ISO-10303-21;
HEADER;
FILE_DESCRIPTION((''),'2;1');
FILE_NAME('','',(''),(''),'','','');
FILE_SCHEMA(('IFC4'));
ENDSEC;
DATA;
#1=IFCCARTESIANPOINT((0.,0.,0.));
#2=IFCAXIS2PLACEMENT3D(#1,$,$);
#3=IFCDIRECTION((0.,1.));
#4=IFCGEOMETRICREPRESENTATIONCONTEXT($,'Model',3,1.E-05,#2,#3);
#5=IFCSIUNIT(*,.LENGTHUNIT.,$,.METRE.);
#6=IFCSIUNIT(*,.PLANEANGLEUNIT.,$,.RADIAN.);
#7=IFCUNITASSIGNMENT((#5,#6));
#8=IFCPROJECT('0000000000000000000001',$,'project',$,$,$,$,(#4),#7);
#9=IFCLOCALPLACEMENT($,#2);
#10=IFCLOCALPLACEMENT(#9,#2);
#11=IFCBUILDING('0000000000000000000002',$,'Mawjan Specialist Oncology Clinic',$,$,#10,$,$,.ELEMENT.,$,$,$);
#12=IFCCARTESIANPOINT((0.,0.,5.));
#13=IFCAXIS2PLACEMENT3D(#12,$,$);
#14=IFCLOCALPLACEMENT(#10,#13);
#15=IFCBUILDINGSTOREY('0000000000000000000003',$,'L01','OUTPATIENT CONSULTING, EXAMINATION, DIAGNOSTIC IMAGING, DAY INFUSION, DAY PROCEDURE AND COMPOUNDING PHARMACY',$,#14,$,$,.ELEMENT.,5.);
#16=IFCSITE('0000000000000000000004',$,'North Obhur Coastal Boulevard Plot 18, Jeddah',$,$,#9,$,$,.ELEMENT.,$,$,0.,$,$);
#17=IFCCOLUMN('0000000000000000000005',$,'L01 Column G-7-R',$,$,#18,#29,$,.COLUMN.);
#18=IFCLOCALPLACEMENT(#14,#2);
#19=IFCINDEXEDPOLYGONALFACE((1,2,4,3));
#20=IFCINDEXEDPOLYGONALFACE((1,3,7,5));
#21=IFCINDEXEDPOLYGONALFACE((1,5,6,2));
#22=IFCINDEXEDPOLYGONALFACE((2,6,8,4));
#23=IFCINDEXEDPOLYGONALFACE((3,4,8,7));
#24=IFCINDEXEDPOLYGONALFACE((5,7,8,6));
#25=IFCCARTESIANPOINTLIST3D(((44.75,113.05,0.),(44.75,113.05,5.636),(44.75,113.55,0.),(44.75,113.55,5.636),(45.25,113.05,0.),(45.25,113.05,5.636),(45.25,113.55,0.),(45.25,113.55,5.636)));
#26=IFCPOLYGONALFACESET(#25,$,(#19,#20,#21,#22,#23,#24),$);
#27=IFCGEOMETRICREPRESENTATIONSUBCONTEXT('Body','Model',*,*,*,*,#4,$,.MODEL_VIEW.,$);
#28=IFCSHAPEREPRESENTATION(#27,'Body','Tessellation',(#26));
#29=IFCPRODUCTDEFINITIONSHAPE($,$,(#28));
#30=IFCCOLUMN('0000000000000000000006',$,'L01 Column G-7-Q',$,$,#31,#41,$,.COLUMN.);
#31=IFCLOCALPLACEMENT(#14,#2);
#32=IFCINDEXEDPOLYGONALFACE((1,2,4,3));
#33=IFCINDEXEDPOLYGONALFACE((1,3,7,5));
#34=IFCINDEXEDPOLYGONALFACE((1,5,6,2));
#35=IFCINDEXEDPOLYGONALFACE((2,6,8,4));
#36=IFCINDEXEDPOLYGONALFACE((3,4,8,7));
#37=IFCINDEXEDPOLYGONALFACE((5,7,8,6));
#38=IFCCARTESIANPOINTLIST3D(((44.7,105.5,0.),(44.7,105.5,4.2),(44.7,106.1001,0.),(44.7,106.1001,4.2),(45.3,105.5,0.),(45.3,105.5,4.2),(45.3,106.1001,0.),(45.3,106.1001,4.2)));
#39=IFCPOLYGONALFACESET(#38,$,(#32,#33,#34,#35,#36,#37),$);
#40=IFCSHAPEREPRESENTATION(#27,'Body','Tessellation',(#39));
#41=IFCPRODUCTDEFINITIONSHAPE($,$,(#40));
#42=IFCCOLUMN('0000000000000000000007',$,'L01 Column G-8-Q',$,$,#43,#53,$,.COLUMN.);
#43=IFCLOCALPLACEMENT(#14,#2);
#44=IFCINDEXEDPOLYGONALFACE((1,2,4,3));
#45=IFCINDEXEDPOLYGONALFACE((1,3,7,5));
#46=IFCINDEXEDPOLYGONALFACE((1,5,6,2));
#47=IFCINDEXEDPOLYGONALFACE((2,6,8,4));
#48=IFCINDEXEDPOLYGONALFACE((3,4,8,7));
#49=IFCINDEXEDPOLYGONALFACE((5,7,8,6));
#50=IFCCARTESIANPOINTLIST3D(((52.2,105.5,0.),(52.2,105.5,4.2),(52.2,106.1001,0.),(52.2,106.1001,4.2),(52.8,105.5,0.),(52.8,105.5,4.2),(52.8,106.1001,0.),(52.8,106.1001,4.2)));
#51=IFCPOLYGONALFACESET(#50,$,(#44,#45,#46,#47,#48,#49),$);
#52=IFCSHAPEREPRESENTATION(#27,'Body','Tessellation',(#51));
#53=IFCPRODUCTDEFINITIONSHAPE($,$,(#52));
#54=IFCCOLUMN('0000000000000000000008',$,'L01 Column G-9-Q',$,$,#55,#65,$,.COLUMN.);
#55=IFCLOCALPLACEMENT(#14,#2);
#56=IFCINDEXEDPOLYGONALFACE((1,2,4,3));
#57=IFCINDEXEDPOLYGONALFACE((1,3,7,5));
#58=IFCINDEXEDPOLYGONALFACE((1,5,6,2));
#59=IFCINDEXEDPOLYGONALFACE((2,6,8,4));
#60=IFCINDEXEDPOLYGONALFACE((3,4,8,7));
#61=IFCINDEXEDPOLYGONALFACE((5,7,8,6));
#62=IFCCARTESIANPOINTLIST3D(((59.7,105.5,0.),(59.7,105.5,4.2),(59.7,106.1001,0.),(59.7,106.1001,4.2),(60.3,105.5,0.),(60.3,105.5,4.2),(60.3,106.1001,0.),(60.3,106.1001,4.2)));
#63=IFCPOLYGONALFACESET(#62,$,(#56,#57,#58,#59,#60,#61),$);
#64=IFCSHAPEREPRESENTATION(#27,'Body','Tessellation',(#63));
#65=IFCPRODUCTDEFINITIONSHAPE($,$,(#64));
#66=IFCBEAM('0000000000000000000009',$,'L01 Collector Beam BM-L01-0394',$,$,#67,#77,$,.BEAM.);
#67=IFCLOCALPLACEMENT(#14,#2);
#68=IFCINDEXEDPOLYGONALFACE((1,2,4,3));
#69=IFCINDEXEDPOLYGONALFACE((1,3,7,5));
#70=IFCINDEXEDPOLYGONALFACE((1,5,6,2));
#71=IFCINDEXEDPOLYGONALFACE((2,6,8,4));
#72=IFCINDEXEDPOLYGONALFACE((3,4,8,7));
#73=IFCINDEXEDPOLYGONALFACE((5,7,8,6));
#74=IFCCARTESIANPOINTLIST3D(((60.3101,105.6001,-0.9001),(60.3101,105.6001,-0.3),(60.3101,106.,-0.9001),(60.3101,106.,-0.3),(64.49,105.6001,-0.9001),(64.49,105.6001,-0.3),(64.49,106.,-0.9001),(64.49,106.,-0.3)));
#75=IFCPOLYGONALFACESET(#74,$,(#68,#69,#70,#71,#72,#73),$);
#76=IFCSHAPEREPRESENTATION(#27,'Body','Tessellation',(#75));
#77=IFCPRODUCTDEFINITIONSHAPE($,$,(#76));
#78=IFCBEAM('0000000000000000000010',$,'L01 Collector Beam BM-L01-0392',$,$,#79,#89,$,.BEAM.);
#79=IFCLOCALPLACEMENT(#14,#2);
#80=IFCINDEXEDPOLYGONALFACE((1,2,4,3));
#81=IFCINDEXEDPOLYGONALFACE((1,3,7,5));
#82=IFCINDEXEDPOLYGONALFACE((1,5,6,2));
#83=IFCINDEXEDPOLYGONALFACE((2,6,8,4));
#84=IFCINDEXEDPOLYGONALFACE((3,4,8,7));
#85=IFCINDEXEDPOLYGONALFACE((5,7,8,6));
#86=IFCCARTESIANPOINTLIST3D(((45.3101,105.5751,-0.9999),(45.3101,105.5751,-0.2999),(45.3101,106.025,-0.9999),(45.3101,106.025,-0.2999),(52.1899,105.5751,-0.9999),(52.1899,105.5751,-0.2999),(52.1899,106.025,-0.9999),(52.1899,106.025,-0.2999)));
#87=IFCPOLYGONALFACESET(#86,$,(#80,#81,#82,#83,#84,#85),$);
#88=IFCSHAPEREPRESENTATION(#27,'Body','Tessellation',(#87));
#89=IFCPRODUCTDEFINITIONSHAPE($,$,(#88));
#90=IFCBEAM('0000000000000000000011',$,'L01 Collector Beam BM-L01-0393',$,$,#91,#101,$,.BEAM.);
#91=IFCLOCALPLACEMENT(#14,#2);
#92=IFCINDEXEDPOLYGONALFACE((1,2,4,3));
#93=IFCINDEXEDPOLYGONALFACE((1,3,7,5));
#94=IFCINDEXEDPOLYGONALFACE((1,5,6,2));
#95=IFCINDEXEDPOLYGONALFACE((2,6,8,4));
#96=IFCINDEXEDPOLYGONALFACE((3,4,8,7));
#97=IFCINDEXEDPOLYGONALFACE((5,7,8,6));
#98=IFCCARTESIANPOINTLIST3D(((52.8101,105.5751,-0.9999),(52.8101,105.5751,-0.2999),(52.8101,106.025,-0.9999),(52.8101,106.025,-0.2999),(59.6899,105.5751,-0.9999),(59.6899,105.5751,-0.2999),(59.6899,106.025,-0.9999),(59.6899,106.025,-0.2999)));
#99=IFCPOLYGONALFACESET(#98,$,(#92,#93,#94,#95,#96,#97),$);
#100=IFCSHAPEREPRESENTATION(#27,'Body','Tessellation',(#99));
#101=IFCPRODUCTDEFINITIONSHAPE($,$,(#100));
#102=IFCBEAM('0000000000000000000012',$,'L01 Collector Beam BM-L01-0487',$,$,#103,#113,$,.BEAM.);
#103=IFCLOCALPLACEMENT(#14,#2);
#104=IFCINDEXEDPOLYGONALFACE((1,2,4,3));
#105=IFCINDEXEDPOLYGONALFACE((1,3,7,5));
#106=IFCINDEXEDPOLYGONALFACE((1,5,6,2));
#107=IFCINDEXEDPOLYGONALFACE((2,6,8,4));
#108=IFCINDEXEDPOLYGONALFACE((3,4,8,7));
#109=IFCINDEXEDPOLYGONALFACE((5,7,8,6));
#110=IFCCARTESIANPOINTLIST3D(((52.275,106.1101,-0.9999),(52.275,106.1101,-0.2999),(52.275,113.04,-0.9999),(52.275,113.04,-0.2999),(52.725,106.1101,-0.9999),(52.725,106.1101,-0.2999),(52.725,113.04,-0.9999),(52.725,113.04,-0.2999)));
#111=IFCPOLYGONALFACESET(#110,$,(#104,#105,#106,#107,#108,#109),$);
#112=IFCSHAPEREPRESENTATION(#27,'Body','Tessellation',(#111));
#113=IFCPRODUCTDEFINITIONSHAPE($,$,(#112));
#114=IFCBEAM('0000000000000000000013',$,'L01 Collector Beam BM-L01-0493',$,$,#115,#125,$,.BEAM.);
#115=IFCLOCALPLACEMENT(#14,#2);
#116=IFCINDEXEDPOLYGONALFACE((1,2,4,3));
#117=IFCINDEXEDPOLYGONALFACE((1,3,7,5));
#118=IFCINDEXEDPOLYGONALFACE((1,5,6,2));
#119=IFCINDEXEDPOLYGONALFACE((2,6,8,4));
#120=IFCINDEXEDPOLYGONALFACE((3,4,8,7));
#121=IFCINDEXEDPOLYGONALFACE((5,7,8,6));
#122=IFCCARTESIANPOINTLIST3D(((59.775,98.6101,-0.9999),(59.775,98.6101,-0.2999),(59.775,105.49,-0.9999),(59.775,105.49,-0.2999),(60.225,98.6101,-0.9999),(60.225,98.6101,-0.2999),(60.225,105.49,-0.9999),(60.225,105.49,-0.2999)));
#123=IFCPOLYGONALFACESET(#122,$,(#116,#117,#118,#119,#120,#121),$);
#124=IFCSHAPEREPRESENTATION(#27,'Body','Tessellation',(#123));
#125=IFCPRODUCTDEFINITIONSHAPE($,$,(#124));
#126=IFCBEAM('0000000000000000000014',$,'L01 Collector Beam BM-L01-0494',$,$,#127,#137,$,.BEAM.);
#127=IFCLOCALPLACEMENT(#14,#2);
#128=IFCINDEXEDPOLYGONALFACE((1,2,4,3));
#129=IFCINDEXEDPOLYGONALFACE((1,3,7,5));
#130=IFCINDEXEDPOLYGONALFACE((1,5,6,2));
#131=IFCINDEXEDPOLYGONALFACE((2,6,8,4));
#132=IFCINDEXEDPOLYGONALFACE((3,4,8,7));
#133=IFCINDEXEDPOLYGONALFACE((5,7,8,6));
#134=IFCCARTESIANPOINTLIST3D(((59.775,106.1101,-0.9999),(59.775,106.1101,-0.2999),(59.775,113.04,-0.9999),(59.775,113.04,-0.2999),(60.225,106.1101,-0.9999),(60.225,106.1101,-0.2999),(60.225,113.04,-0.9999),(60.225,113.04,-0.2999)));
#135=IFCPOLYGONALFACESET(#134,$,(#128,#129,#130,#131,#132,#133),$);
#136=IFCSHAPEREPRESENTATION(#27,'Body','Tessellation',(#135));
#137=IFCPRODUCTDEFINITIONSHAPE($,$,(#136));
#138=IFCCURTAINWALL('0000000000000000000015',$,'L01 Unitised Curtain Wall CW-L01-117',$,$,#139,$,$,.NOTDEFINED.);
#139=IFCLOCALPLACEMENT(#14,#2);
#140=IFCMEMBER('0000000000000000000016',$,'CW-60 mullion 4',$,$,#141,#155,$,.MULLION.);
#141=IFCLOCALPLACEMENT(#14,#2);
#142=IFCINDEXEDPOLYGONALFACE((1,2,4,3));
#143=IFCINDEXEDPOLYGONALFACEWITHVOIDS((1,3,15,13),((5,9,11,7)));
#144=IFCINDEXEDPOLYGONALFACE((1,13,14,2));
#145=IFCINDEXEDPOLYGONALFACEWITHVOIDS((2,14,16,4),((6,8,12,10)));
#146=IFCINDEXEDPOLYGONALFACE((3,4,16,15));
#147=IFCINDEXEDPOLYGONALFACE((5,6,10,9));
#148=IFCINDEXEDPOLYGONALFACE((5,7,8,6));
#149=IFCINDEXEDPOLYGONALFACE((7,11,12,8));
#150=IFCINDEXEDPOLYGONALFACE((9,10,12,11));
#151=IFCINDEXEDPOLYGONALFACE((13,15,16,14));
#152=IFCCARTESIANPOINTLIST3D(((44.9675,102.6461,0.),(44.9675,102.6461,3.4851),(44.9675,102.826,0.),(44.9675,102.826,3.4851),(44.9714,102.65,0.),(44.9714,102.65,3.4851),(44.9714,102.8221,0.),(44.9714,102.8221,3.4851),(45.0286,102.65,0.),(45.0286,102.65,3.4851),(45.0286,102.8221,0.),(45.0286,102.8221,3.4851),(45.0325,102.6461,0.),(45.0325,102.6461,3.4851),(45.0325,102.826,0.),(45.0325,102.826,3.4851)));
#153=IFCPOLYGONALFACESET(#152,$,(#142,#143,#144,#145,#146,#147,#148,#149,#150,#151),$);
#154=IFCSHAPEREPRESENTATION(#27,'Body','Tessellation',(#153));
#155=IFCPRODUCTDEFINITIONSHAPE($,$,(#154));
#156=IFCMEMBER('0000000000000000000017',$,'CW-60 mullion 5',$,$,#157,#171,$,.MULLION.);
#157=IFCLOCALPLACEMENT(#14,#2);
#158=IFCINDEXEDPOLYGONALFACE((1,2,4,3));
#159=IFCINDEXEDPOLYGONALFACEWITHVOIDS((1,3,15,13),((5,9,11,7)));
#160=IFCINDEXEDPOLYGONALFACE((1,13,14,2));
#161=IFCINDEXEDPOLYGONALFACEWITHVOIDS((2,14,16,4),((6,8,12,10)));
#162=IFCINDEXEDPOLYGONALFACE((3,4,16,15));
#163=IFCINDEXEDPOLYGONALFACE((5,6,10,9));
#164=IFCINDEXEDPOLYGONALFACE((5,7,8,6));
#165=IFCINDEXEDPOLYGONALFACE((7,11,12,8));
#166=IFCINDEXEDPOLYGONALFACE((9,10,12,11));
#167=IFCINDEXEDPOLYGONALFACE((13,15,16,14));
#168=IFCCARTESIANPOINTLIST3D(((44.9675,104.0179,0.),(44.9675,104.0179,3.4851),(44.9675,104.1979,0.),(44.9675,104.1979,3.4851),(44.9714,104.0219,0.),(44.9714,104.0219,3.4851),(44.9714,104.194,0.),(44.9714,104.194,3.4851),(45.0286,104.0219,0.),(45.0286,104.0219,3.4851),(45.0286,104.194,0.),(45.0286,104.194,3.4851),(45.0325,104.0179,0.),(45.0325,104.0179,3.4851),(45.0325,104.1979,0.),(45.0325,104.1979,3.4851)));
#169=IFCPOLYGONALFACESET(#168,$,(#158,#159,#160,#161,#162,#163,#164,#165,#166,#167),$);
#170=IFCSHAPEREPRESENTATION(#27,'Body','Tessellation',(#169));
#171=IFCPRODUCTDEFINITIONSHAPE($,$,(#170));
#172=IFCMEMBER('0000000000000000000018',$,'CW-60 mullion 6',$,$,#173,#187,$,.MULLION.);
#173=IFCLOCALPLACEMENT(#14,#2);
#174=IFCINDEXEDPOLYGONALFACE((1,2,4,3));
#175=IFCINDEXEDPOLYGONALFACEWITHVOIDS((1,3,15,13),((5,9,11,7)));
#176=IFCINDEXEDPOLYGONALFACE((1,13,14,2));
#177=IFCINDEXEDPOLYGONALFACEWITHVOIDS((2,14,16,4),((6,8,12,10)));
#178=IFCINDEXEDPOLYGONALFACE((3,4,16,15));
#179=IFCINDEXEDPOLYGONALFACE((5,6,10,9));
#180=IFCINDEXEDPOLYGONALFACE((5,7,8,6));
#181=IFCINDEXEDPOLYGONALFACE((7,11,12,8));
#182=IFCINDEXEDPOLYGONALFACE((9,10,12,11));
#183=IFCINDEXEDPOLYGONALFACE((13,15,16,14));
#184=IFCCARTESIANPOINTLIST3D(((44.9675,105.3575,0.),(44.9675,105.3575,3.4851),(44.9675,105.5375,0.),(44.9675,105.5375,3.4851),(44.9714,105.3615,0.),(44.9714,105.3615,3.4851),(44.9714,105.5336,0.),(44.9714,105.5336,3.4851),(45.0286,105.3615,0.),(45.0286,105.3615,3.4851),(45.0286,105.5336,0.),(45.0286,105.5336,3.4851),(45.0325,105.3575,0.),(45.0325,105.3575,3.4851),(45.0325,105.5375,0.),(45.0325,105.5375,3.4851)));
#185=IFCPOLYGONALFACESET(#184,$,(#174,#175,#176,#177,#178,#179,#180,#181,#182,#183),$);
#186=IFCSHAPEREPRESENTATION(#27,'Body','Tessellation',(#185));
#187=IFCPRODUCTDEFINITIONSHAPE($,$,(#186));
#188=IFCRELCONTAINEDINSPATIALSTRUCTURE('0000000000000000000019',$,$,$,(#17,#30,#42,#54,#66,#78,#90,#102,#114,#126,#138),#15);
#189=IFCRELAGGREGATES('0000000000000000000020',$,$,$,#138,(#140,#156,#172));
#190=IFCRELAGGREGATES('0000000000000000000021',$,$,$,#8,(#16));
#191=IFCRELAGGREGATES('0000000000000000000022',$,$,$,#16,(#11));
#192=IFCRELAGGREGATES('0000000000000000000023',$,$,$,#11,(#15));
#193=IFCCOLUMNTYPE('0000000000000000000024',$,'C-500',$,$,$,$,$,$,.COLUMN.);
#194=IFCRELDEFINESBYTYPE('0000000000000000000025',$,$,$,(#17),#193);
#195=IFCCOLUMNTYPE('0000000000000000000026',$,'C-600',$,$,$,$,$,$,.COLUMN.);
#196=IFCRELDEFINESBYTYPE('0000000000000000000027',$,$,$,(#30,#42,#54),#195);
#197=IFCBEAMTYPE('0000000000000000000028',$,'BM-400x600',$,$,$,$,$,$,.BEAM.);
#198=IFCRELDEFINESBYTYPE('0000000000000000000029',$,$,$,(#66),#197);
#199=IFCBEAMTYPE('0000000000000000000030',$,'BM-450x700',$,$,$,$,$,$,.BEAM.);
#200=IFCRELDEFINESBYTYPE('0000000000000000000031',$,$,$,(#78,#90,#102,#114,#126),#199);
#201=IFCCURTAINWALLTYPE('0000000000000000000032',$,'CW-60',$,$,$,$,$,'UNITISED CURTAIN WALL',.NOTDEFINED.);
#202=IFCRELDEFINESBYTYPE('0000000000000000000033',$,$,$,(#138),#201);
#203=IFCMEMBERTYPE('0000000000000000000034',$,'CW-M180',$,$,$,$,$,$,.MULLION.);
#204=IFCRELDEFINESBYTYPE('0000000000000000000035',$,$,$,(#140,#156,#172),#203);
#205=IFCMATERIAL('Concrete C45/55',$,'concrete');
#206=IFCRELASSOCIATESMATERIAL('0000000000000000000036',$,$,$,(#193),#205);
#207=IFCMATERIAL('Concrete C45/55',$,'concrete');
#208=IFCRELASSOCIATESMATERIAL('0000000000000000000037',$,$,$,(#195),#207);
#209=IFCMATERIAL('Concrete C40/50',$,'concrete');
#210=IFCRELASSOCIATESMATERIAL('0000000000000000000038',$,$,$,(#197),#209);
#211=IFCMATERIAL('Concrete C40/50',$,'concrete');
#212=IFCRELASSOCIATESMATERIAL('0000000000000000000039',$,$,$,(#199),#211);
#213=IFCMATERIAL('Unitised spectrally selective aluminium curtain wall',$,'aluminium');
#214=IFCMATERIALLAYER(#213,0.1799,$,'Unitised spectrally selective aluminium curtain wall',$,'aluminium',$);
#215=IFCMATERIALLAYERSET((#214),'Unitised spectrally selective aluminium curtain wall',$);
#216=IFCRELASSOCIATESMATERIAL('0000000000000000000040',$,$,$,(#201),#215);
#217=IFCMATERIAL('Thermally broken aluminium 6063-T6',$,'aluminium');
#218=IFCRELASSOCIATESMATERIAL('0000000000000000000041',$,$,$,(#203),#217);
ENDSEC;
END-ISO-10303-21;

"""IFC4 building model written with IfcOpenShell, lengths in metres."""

from ifc_helpers import new_model, si_unit, direction, frame, origin, origin_2d, place, context, subcontext, project, spatial, rectangle, hollow_rectangle, extrude, material, layer, layer_set, material_profile, profile_set, type_object, element, aggregate, save


model = new_model("IFC4")

# Units and contexts
model_context = context("Model", 3, precision=1e-05, world=origin(), true_north=direction((0.0, 1.0)))
body_context = subcontext(model_context, "Body", "Model", "MODEL_VIEW")
ifc_project = project(units=[si_unit("LENGTHUNIT", "METRE"), si_unit("PLANEANGLEUNIT", "RADIAN")], contexts=[model_context])

# Site, building, storey
site_placement = place(None, origin())
site = spatial("IfcSite", under=ifc_project, at=site_placement, Name="North Obhur Coastal Boulevard Plot 18, Jeddah", CompositionType="ELEMENT", RefElevation=0.0)
building_placement = place(site_placement, origin())
building = spatial("IfcBuilding", under=site, at=building_placement, Name="Mawjan Specialist Oncology Clinic", CompositionType="ELEMENT")
storey_placement = place(building_placement, frame((0.0, 0.0, 5.0)))
storey = spatial("IfcBuildingStorey", under=building, at=storey_placement, Name="L01", Description="OUTPATIENT CONSULTING, EXAMINATION, DIAGNOSTIC IMAGING, DAY INFUSION, DAY PROCEDURE AND COMPOUNDING PHARMACY", CompositionType="ELEMENT", Elevation=5.0)

# Columns
ifc_material_1 = material(Name="Concrete C45/55", Category="concrete")
ifc_material_profile_1 = material_profile(ifc_material_1, rectangle(XDim=0.5, YDim=0.5, at=origin_2d()), Name="RC COL 500x500", Category="concrete")
ifc_profile_set_1 = profile_set([ifc_material_profile_1], Name="Concrete C45/55")
column_type_1 = type_object("IfcColumnType", Name="C-500", PredefinedType="COLUMN", material=ifc_profile_set_1)
column_placement = place(storey_placement, frame((45.0, 113.3, 0.0), z_axis=(0.0, 0.0, 1.0), x_axis=(1.0, 0.0, 0.0)))
element("IfcColumn", 1, at=column_placement, inside=storey, type_object=column_type_1, Name="L01 Column G-7-R", PredefinedType="COLUMN", context=body_context, shape_type="SweptSolid", body=[
    extrude(rectangle(XDim=0.5, YDim=0.5, at=origin_2d()), origin(), (0.0, 0.0, 1.0), 5.636),
])
ifc_material_2 = material(Name="Concrete C45/55", Category="concrete")
ifc_material_profile_2 = material_profile(ifc_material_2, rectangle(XDim=0.6001, YDim=0.6001, at=origin_2d()), Name="RC COL 600x600", Category="concrete")
ifc_profile_set_2 = profile_set([ifc_material_profile_2], Name="Concrete C45/55")
column_type_2 = type_object("IfcColumnType", Name="C-600", PredefinedType="COLUMN", material=ifc_profile_set_2)
for number, where, z_axis, x_axis, name in (
    (2, (45.0, 105.8, 0.0), (0.0, 0.0, 1.0), (1.0, 0.0, 0.0), "L01 Column G-7-Q"),
    (3, (52.5, 105.8, 0.0), (0.0, 0.0, 1.0), (1.0, 0.0, 0.0), "L01 Column G-8-Q"),
    (4, (60.0, 105.8, 0.0), (0.0, 0.0, 1.0), (1.0, 0.0, 0.0), "L01 Column G-9-Q"),
):
    element("IfcColumn", number, at=place(storey_placement, frame(where, z_axis=z_axis, x_axis=x_axis)), inside=storey, type_object=column_type_2, Name=name, PredefinedType="COLUMN", context=body_context, shape_type="SweptSolid", body=[
        extrude(rectangle(XDim=0.6001, YDim=0.6001, at=origin_2d()), origin(), (0.0, 0.0, 1.0), 4.2),
    ])

# Beams
ifc_material_3 = material(Name="Concrete C40/50", Category="concrete")
ifc_material_profile_3 = material_profile(ifc_material_3, rectangle(XDim=0.3999, YDim=0.6001, at=origin_2d()), Name="RC BM 400x600", Category="concrete")
ifc_profile_set_3 = profile_set([ifc_material_profile_3], Name="Concrete C40/50")
beam_type_1 = type_object("IfcBeamType", Name="BM-400x600", PredefinedType="BEAM", material=ifc_profile_set_3)
beam_1_placement = place(storey_placement, frame((60.3101, 105.8, -0.6001), z_axis=(1.0, 0.0, 0.0), x_axis=(0.0, 1.0, 0.0)))
element("IfcBeam", 5, at=beam_1_placement, inside=storey, type_object=beam_type_1, Name="L01 Collector Beam BM-L01-0394", PredefinedType="BEAM", context=body_context, shape_type="SweptSolid", body=[
    extrude(rectangle(XDim=0.3999, YDim=0.6001, at=origin_2d()), origin(), (0.0, 0.0, 1.0), 4.1799),
])
ifc_material_4 = material(Name="Concrete C40/50", Category="concrete")
ifc_material_profile_4 = material_profile(ifc_material_4, rectangle(XDim=0.45, YDim=0.7, at=origin_2d()), Name="RC BM 450x700", Category="concrete")
ifc_profile_set_4 = profile_set([ifc_material_profile_4], Name="Concrete C40/50")
beam_type_2 = type_object("IfcBeamType", Name="BM-450x700", PredefinedType="BEAM", material=ifc_profile_set_4)
for number, where, z_axis, x_axis, name in (
    (6, (45.3101, 105.8, -0.6499), (1.0, 0.0, 0.0), (0.0, 1.0, 0.0), "L01 Collector Beam BM-L01-0392"),
    (7, (52.8101, 105.8, -0.6499), (1.0, 0.0, 0.0), (0.0, 1.0, 0.0), "L01 Collector Beam BM-L01-0393"),
):
    element("IfcBeam", number, at=place(storey_placement, frame(where, z_axis=z_axis, x_axis=x_axis)), inside=storey, type_object=beam_type_2, Name=name, PredefinedType="BEAM", context=body_context, shape_type="SweptSolid", body=[
        extrude(rectangle(XDim=0.45, YDim=0.7, at=origin_2d()), origin(), (0.0, 0.0, 1.0), 6.8799),
    ])
beam_2_placement = place(storey_placement, frame((52.5, 106.1101, -0.6499), z_axis=(0.0, 1.0, 0.0), x_axis=(-1.0, 0.0, 0.0)))
element("IfcBeam", 8, at=beam_2_placement, inside=storey, type_object=beam_type_2, Name="L01 Collector Beam BM-L01-0487", PredefinedType="BEAM", context=body_context, shape_type="SweptSolid", body=[
    extrude(rectangle(XDim=0.45, YDim=0.7, at=origin_2d()), origin(), (0.0, 0.0, 1.0), 6.9299),
])
beam_3_placement = place(storey_placement, frame((60.0, 98.6101, -0.6499), z_axis=(0.0, 1.0, 0.0), x_axis=(-1.0, 0.0, 0.0)))
element("IfcBeam", 9, at=beam_3_placement, inside=storey, type_object=beam_type_2, Name="L01 Collector Beam BM-L01-0493", PredefinedType="BEAM", context=body_context, shape_type="SweptSolid", body=[
    extrude(rectangle(XDim=0.45, YDim=0.7, at=origin_2d()), origin(), (0.0, 0.0, 1.0), 6.8799),
])
beam_4_placement = place(storey_placement, frame((60.0, 106.1101, -0.6499), z_axis=(0.0, 1.0, 0.0), x_axis=(-1.0, 0.0, 0.0)))
element("IfcBeam", 10, at=beam_4_placement, inside=storey, type_object=beam_type_2, Name="L01 Collector Beam BM-L01-0494", PredefinedType="BEAM", context=body_context, shape_type="SweptSolid", body=[
    extrude(rectangle(XDim=0.45, YDim=0.7, at=origin_2d()), origin(), (0.0, 0.0, 1.0), 6.9299),
])

# Curtain wall, members
ifc_material_5 = material(Name="Unitised spectrally selective aluminium curtain wall", Category="aluminium")
ifc_layer_1 = layer(ifc_material_5, 0.1799, Name="Unitised spectrally selective aluminium curtain wall", Category="aluminium")
ifc_layer_set_1 = layer_set([ifc_layer_1], Name="Unitised spectrally selective aluminium curtain wall")
curtain_wall_type = type_object("IfcCurtainWallType", Name="CW-60", ElementType="UNITISED CURTAIN WALL", PredefinedType="NOTDEFINED", material=ifc_layer_set_1)
curtain_wall_placement = place(storey_placement, origin())
curtain_wall = element("IfcCurtainWall", 11, at=curtain_wall_placement, inside=storey, type_object=curtain_wall_type, Name="L01 Unitised Curtain Wall CW-L01-117", PredefinedType="NOTDEFINED")
ifc_material_6 = material(Name="Thermally broken aluminium 6063-T6", Category="aluminium")
ifc_material_profile_5 = material_profile(ifc_material_6, hollow_rectangle(XDim=0.0649, YDim=0.1799, WallThickness=0.0039, at=origin_2d()), Name="ALU MULLION 180x65x4", Category="aluminium")
ifc_profile_set_5 = profile_set([ifc_material_profile_5], Name="Thermally broken aluminium 6063-T6")
member_type_1 = type_object("IfcMemberType", Name="CW-M180", PredefinedType="MULLION", material=ifc_profile_set_5)
member_1_placement = place(storey_placement, frame((45.0, 102.7361, 0.0), z_axis=(0.0, 0.0, 1.0), x_axis=(-1.0, 0.0, 0.0)))
member_1 = element("IfcMember", 12, at=member_1_placement, type_object=member_type_1, Name="CW-60 mullion 4", PredefinedType="MULLION", context=body_context, shape_type="SweptSolid", body=[
    extrude(hollow_rectangle(XDim=0.0649, YDim=0.1799, WallThickness=0.0039, at=origin_2d()), origin(), (0.0, 0.0, 1.0), 3.4851),
])
member_2_placement = place(storey_placement, frame((45.0, 104.1079, 0.0), z_axis=(0.0, 0.0, 1.0), x_axis=(-1.0, 0.0, 0.0)))
member_2 = element("IfcMember", 13, at=member_2_placement, type_object=member_type_1, Name="CW-60 mullion 5", PredefinedType="MULLION", context=body_context, shape_type="SweptSolid", body=[
    extrude(hollow_rectangle(XDim=0.0649, YDim=0.1799, WallThickness=0.0039, at=origin_2d()), origin(), (0.0, 0.0, 1.0), 3.4851),
])
member_3_placement = place(storey_placement, frame((45.0, 105.4475, 0.0), z_axis=(0.0, 0.0, 1.0), x_axis=(-1.0, 0.0, 0.0)))
member_3 = element("IfcMember", 14, at=member_3_placement, type_object=member_type_1, Name="CW-60 mullion 6", PredefinedType="MULLION", context=body_context, shape_type="SweptSolid", body=[
    extrude(hollow_rectangle(XDim=0.0649, YDim=0.1799, WallThickness=0.0039, at=origin_2d()), origin(), (0.0, 0.0, 1.0), 3.4851),
])

aggregate(curtain_wall, [member_1, member_2, member_3])

save(model, "model.ifc")
